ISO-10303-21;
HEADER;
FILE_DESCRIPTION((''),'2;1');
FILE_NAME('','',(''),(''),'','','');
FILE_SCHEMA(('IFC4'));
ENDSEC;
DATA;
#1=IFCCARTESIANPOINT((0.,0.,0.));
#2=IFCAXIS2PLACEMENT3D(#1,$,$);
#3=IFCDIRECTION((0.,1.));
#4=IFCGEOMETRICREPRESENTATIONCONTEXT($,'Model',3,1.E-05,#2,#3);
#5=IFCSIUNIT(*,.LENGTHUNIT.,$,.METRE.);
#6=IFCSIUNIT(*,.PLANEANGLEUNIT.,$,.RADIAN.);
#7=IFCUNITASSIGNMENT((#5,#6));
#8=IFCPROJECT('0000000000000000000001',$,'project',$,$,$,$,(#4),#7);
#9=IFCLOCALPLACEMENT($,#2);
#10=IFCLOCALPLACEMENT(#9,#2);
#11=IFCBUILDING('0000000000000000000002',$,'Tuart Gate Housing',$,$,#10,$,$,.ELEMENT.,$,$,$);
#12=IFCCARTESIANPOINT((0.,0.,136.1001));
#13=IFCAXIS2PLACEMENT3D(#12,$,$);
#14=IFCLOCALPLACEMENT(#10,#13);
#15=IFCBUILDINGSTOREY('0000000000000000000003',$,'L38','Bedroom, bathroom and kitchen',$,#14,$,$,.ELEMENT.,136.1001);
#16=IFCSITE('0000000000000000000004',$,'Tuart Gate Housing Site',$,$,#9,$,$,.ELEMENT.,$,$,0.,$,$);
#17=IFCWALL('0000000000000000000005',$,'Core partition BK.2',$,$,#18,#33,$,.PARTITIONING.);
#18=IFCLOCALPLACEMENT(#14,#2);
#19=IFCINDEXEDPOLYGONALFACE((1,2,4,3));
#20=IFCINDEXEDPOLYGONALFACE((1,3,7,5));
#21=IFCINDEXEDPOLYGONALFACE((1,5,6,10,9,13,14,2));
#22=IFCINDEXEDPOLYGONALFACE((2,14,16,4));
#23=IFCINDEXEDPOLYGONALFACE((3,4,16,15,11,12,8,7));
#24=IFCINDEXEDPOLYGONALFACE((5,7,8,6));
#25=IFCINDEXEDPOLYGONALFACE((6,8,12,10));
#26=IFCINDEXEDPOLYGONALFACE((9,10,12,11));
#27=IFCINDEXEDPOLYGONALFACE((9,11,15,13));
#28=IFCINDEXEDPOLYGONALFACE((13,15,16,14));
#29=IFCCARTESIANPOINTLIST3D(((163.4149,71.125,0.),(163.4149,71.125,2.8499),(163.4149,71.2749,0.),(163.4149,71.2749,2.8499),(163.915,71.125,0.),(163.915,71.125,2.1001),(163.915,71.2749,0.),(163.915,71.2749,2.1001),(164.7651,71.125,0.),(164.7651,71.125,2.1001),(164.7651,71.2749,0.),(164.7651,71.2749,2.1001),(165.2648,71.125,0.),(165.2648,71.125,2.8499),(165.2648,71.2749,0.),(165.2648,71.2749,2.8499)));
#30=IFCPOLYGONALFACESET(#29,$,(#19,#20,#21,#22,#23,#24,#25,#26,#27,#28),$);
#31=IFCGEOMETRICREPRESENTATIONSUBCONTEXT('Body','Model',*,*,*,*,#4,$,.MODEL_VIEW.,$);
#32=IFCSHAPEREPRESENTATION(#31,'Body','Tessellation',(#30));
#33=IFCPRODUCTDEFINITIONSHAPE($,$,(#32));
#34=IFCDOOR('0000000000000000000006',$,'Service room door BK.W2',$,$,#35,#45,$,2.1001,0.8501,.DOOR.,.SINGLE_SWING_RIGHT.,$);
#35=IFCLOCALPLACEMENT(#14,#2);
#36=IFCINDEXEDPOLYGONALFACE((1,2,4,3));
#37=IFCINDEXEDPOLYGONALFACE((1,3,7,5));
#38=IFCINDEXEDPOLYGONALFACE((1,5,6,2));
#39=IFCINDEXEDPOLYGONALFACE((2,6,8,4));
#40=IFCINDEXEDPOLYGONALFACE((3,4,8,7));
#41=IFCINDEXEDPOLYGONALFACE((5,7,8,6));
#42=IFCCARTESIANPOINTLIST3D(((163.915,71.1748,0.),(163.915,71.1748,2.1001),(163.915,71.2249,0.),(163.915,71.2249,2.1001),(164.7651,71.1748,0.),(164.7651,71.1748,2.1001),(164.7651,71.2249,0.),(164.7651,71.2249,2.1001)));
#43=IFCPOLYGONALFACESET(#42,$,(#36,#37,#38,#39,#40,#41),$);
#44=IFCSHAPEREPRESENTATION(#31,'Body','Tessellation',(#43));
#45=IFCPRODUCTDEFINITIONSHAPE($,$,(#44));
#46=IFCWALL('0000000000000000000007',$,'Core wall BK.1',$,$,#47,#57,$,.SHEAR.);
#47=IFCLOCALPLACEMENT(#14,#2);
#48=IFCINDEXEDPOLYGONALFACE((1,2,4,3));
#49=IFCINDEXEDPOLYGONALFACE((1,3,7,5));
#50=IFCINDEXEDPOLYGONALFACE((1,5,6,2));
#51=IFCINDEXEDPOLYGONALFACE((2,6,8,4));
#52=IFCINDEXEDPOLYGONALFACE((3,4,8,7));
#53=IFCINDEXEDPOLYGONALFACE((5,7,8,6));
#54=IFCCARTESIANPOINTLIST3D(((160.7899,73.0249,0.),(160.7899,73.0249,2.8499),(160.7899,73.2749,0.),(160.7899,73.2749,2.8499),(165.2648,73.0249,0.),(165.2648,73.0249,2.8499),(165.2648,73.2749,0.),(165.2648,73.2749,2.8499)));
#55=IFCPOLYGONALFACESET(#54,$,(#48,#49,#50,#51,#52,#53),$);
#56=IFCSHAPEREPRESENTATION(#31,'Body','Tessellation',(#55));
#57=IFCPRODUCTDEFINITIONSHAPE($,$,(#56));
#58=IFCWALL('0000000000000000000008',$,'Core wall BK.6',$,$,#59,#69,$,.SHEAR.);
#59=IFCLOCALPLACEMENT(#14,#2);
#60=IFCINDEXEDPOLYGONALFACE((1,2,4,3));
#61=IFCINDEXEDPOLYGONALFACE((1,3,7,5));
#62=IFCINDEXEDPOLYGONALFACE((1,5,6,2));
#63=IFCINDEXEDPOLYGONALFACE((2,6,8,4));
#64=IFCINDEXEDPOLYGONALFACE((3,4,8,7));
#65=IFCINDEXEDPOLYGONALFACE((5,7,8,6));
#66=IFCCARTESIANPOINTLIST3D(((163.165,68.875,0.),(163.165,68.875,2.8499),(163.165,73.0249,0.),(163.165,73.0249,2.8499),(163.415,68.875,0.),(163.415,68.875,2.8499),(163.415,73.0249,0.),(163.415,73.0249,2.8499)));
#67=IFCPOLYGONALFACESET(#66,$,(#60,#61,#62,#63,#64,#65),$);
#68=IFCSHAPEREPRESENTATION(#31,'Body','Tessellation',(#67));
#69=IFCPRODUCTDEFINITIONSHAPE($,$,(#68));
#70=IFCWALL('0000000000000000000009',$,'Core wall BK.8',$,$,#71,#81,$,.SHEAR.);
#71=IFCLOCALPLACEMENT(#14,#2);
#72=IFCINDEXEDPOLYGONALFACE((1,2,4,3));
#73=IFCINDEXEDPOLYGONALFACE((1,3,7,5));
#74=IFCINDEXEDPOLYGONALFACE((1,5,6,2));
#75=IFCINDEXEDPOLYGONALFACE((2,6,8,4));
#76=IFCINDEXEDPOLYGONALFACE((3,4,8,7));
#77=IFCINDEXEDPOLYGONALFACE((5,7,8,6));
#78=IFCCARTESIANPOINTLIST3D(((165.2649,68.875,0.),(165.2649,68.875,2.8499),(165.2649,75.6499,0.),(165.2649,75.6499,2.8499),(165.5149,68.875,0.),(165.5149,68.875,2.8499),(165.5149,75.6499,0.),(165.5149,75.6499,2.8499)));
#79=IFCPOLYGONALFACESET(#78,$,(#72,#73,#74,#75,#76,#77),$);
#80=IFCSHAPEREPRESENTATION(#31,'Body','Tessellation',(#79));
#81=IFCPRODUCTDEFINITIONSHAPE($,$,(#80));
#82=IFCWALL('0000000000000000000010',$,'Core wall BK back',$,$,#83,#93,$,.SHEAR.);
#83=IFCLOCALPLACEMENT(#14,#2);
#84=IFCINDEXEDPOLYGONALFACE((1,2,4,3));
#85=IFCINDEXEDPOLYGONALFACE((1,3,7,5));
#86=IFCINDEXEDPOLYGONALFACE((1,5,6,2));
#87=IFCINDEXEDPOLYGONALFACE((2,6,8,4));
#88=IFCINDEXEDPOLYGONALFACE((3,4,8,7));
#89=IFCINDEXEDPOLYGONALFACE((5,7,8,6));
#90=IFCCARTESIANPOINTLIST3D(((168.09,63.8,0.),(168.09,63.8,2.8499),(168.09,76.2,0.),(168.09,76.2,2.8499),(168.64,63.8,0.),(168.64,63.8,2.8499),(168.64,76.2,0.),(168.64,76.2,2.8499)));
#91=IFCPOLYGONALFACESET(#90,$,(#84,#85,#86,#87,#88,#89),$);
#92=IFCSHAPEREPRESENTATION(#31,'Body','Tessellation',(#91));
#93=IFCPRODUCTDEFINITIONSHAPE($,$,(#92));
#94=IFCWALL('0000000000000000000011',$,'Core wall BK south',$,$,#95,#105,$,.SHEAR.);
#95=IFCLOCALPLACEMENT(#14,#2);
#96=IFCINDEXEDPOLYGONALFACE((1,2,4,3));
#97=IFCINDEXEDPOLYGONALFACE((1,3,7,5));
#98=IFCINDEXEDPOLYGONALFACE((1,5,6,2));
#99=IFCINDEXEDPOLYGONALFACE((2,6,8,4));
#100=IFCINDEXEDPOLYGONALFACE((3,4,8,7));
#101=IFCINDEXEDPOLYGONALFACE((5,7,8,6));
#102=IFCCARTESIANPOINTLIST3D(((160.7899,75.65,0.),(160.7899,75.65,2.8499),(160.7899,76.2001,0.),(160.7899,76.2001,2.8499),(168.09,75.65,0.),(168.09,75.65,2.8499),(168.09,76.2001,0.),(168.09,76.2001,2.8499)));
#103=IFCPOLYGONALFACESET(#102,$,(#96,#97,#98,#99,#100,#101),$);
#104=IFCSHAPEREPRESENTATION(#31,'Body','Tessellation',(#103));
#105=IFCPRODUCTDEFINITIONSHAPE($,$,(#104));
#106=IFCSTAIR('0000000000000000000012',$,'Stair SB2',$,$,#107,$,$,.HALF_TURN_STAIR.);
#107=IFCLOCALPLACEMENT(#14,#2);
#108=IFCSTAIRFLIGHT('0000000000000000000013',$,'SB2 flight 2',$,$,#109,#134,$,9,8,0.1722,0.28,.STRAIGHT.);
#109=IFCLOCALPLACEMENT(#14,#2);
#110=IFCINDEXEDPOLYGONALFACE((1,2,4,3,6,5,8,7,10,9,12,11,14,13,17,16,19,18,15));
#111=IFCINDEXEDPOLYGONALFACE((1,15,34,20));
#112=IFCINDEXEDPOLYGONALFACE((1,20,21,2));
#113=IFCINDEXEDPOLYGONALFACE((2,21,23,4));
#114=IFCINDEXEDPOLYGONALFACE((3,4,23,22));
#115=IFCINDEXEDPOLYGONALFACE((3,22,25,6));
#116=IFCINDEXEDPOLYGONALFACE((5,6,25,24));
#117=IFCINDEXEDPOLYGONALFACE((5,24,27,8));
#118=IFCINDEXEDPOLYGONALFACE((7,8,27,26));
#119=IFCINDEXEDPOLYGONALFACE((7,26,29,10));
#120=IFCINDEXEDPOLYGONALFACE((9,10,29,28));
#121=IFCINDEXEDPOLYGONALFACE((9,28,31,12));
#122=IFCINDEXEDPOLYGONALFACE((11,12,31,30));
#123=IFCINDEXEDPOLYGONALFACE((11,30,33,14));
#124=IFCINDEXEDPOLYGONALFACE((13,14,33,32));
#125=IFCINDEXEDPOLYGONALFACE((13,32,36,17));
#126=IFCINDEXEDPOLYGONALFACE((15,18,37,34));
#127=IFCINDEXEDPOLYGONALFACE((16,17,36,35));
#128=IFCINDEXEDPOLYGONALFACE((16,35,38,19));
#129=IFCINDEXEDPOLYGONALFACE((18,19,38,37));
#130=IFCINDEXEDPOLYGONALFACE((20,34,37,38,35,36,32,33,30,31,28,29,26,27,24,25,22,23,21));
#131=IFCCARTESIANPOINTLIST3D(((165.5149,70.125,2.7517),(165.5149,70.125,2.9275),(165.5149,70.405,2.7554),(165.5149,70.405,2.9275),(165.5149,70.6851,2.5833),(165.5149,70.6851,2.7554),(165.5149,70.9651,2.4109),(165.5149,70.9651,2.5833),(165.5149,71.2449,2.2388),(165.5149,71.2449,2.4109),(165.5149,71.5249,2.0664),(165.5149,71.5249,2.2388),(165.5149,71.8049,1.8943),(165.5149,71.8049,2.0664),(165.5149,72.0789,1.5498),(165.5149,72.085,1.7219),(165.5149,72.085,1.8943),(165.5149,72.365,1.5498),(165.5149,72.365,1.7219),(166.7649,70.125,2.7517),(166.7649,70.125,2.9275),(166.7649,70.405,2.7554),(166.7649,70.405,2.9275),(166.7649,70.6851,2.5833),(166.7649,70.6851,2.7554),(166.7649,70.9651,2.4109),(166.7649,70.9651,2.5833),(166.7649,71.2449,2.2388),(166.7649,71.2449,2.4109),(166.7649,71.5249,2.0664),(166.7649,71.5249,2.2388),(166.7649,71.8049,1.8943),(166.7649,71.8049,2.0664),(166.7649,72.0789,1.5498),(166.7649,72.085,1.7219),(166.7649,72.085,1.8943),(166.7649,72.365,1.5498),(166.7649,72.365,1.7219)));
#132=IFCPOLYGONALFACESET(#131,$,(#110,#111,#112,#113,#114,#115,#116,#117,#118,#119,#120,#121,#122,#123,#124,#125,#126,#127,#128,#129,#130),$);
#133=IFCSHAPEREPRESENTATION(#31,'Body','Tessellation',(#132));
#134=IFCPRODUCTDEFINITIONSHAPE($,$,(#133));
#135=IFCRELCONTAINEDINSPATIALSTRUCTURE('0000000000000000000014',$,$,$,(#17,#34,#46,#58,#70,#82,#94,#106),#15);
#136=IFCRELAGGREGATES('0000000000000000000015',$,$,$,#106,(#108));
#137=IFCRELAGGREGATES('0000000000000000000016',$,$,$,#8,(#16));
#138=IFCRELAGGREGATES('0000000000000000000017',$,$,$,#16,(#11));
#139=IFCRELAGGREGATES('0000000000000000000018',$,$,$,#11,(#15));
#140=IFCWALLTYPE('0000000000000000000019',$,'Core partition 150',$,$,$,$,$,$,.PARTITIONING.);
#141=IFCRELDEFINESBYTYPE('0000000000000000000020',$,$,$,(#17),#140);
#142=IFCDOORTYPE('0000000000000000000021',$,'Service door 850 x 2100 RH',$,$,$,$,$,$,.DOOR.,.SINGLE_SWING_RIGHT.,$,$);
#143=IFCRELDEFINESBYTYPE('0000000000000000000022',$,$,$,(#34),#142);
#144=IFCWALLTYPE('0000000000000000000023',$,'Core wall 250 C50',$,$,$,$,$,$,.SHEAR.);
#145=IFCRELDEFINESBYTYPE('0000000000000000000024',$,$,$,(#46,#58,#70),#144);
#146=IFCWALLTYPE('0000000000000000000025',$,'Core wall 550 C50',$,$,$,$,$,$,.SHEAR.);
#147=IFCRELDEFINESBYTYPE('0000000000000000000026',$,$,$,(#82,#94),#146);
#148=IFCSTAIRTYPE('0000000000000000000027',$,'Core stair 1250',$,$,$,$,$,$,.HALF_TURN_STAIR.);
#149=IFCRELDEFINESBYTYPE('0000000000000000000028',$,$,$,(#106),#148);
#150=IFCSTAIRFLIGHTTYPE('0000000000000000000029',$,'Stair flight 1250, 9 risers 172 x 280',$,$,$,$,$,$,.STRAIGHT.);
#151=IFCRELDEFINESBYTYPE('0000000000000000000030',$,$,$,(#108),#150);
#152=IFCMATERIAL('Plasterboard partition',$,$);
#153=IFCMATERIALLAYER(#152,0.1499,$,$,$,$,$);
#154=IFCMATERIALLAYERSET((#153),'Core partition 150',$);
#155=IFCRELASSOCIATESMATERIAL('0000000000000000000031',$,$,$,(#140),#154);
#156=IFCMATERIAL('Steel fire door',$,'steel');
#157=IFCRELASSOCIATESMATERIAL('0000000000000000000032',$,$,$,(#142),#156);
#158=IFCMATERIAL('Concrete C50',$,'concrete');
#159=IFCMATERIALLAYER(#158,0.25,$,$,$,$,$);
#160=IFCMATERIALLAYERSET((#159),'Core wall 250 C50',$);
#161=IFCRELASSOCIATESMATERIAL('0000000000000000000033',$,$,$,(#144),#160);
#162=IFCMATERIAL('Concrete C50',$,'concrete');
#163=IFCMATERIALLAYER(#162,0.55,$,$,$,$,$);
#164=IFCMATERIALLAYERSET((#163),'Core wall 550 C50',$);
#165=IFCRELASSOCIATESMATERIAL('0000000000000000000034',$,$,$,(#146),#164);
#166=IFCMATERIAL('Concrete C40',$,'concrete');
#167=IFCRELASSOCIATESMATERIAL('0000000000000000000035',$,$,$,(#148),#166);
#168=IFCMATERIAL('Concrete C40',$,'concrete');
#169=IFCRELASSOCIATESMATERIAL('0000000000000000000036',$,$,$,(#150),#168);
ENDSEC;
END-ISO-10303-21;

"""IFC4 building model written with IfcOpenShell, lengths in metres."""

from ifc_helpers import new_model, si_unit, direction, frame, frame_2d, origin, place, context, subcontext, project, spatial, polyline, rectangle, outline, extrude, material, layer, layer_set, type_object, element, fill, aggregate, save


model = new_model("IFC4")

# Units and contexts
model_context = context("Model", 3, precision=1e-05, world=origin(), true_north=direction((0.0, 1.0)))
body_context = subcontext(model_context, "Body", "Model", "MODEL_VIEW")
ifc_project = project(units=[si_unit("LENGTHUNIT", "METRE"), si_unit("PLANEANGLEUNIT", "RADIAN")], contexts=[model_context])

# Site, building, storey
site_placement = place(None, origin())
site = spatial("IfcSite", under=ifc_project, at=site_placement, Name="Tuart Gate Housing Site", CompositionType="ELEMENT", RefElevation=0.0)
building_placement = place(site_placement, origin())
building = spatial("IfcBuilding", under=site, at=building_placement, Name="Tuart Gate Housing", CompositionType="ELEMENT")
storey_placement = place(building_placement, frame((0.0, 0.0, 136.1001)))
storey = spatial("IfcBuildingStorey", under=building, at=storey_placement, Name="L38", Description="Bedroom, bathroom and kitchen", CompositionType="ELEMENT", Elevation=136.1001)

# Wall, opening, door
ifc_material_1 = material(Name="Plasterboard partition")
ifc_layer_1 = layer(ifc_material_1, 0.1499)
ifc_layer_set_1 = layer_set([ifc_layer_1], Name="Core partition 150")
wall_type_1 = type_object("IfcWallType", Name="Core partition 150", PredefinedType="PARTITIONING", material=ifc_layer_set_1)
wall_1_placement = place(storey_placement, frame((163.415, 71.2, 0.0), z_axis=(0.0, 0.0, 1.0), x_axis=(1.0, 0.0, 0.0)))
wall_1 = element("IfcWall", 1, at=wall_1_placement, inside=storey, type_object=wall_type_1, Name="Core partition BK.2", PredefinedType="PARTITIONING", context=body_context, shape_type="SweptSolid", body=[
    extrude(rectangle(XDim=1.8499, YDim=0.1499, at=frame_2d((0.9248, 0.0))), origin(), (0.0, 0.0, 1.0), 2.8499),
])
opening_placement = place(wall_1_placement, frame((0.5, 0.0, 0.0)))
opening = element("IfcOpeningElement", 2, at=opening_placement, cuts=wall_1, PredefinedType="OPENING", context=body_context, shape_type="SweptSolid", body=[
    extrude(rectangle(XDim=0.8501, YDim=2.1001, at=frame_2d((0.425, 1.05))), frame((0.0, 0.085, 0.0), z_axis=(0.0, -1.0, 0.0), x_axis=(1.0, 0.0, 0.0)), (0.0, 0.0, 1.0), 0.1699),
])
ifc_material_2 = material(Name="Steel fire door", Category="steel")
door_type = type_object("IfcDoorType", Name="Service door 850 x 2100 RH", OperationType="SINGLE_SWING_RIGHT", PredefinedType="DOOR", material=ifc_material_2)
door_placement = place(opening_placement, frame((0.8501, 0.0, 0.0), z_axis=(0.0, 0.0, 1.0), x_axis=(-1.0, 0.0, 0.0)))
door = element("IfcDoor", 3, at=door_placement, inside=storey, type_object=door_type, Name="Service room door BK.W2", OperationType="SINGLE_SWING_RIGHT", OverallHeight=2.1001, OverallWidth=0.8501, PredefinedType="DOOR", context=body_context, shape_type="SweptSolid", body=[
    extrude(rectangle(XDim=0.8501, YDim=2.1001, at=frame_2d((0.425, 1.05))), frame((0.0, 0.0251, 0.0), z_axis=(0.0, -1.0, 0.0), x_axis=(1.0, 0.0, 0.0)), (0.0, 0.0, 1.0), 0.05),
])
fill(opening, door)

# Walls
ifc_material_3 = material(Name="Concrete C50", Category="concrete")
ifc_layer_2 = layer(ifc_material_3, 0.25)
ifc_layer_set_2 = layer_set([ifc_layer_2], Name="Core wall 250 C50")
wall_type_2 = type_object("IfcWallType", Name="Core wall 250 C50", PredefinedType="SHEAR", material=ifc_layer_set_2)
wall_2_placement = place(storey_placement, frame((160.79, 73.1499, 0.0), z_axis=(0.0, 0.0, 1.0), x_axis=(1.0, 0.0, 0.0)))
element("IfcWall", 4, at=wall_2_placement, inside=storey, type_object=wall_type_2, Name="Core wall BK.1", PredefinedType="SHEAR", context=body_context, shape_type="SweptSolid", body=[
    extrude(rectangle(XDim=4.4749, YDim=0.25, at=frame_2d((2.2373, 0.0))), origin(), (0.0, 0.0, 1.0), 2.8499),
])
wall_3_placement = place(storey_placement, frame((163.29, 73.0249, 0.0), z_axis=(0.0, 0.0, 1.0), x_axis=(0.0, -1.0, 0.0)))
element("IfcWall", 5, at=wall_3_placement, inside=storey, type_object=wall_type_2, Name="Core wall BK.6", PredefinedType="SHEAR", context=body_context, shape_type="SweptSolid", body=[
    extrude(rectangle(XDim=4.1499, YDim=0.25, at=frame_2d((2.075, 0.0))), origin(), (0.0, 0.0, 1.0), 2.8499),
])
wall_4_placement = place(storey_placement, frame((165.3899, 75.6499, 0.0), z_axis=(0.0, 0.0, 1.0), x_axis=(0.0, -1.0, 0.0)))
element("IfcWall", 6, at=wall_4_placement, inside=storey, type_object=wall_type_2, Name="Core wall BK.8", PredefinedType="SHEAR", context=body_context, shape_type="SweptSolid", body=[
    extrude(rectangle(XDim=6.7749, YDim=0.25, at=frame_2d((3.3875, 0.0))), origin(), (0.0, 0.0, 1.0), 2.8499),
])
ifc_material_4 = material(Name="Concrete C50", Category="concrete")
ifc_layer_3 = layer(ifc_material_4, 0.55)
ifc_layer_set_3 = layer_set([ifc_layer_3], Name="Core wall 550 C50")
wall_type_3 = type_object("IfcWallType", Name="Core wall 550 C50", PredefinedType="SHEAR", material=ifc_layer_set_3)
wall_5_placement = place(storey_placement, frame((168.365, 76.2, 0.0), z_axis=(0.0, 0.0, 1.0), x_axis=(0.0, -1.0, 0.0)))
element("IfcWall", 7, at=wall_5_placement, inside=storey, type_object=wall_type_3, Name="Core wall BK back", PredefinedType="SHEAR", context=body_context, shape_type="SweptSolid", body=[
    extrude(rectangle(XDim=12.3999, YDim=0.55, at=frame_2d((6.2, 0.0))), origin(), (0.0, 0.0, 1.0), 2.8499),
])
wall_6_placement = place(storey_placement, frame((160.79, 75.925, 0.0), z_axis=(0.0, 0.0, 1.0), x_axis=(1.0, 0.0, 0.0)))
element("IfcWall", 8, at=wall_6_placement, inside=storey, type_object=wall_type_3, Name="Core wall BK south", PredefinedType="SHEAR", context=body_context, shape_type="SweptSolid", body=[
    extrude(rectangle(XDim=7.3, YDim=0.55, at=frame_2d((3.6499, 0.0))), origin(), (0.0, 0.0, 1.0), 2.8499),
])

# Stair, stair flight
ifc_material_5 = material(Name="Concrete C40", Category="concrete")
stair_type = type_object("IfcStairType", Name="Core stair 1250", PredefinedType="HALF_TURN_STAIR", material=ifc_material_5)
stair_placement = place(storey_placement, origin())
stair = element("IfcStair", 9, at=stair_placement, inside=storey, type_object=stair_type, Name="Stair SB2", PredefinedType="HALF_TURN_STAIR")
ifc_material_6 = material(Name="Concrete C40", Category="concrete")
stair_flight_type = type_object("IfcStairFlightType", Name="Stair flight 1250, 9 risers 172 x 280", PredefinedType="STRAIGHT", material=ifc_material_6)
stair_flight_placement = place(storey_placement, frame((166.1399, 72.365, 1.5498), z_axis=(0.0, 0.0, 1.0), x_axis=(0.0, -1.0, 0.0)))
stair_flight = element("IfcStairFlight", 10, at=stair_flight_placement, type_object=stair_flight_type, Name="SB2 flight 2", NumberOfRisers=9, NumberOfTreads=8, PredefinedType="STRAIGHT", RiserHeight=0.1722, TreadLength=0.28, context=body_context, shape_type="SweptSolid", body=[
    extrude(outline(polyline([(0.0, 0.0), (0.0, 0.1721), (0.28, 0.1721), (0.28, 0.3445), (0.5601, 0.3445), (0.5601, 0.5166), (0.8401, 0.5166), (0.8401, 0.689), (1.1201, 0.689), (1.1201, 0.8611), (1.3999, 0.8611), (1.3999, 1.0334), (1.6799, 1.0334), (1.6799, 1.2056), (1.96, 1.2056), (1.96, 1.3777), (2.24, 1.3777), (2.24, 1.55), (2.24, 1.2019), (0.2861, 0.0), (0.0, 0.0)])), frame((0.0, 0.625, 0.0), z_axis=(0.0, -1.0, 0.0), x_axis=(1.0, 0.0, 0.0)), (0.0, 0.0, 1.0), 1.25),
])
aggregate(stair, [stair_flight])

save(model, "model.ifc")
